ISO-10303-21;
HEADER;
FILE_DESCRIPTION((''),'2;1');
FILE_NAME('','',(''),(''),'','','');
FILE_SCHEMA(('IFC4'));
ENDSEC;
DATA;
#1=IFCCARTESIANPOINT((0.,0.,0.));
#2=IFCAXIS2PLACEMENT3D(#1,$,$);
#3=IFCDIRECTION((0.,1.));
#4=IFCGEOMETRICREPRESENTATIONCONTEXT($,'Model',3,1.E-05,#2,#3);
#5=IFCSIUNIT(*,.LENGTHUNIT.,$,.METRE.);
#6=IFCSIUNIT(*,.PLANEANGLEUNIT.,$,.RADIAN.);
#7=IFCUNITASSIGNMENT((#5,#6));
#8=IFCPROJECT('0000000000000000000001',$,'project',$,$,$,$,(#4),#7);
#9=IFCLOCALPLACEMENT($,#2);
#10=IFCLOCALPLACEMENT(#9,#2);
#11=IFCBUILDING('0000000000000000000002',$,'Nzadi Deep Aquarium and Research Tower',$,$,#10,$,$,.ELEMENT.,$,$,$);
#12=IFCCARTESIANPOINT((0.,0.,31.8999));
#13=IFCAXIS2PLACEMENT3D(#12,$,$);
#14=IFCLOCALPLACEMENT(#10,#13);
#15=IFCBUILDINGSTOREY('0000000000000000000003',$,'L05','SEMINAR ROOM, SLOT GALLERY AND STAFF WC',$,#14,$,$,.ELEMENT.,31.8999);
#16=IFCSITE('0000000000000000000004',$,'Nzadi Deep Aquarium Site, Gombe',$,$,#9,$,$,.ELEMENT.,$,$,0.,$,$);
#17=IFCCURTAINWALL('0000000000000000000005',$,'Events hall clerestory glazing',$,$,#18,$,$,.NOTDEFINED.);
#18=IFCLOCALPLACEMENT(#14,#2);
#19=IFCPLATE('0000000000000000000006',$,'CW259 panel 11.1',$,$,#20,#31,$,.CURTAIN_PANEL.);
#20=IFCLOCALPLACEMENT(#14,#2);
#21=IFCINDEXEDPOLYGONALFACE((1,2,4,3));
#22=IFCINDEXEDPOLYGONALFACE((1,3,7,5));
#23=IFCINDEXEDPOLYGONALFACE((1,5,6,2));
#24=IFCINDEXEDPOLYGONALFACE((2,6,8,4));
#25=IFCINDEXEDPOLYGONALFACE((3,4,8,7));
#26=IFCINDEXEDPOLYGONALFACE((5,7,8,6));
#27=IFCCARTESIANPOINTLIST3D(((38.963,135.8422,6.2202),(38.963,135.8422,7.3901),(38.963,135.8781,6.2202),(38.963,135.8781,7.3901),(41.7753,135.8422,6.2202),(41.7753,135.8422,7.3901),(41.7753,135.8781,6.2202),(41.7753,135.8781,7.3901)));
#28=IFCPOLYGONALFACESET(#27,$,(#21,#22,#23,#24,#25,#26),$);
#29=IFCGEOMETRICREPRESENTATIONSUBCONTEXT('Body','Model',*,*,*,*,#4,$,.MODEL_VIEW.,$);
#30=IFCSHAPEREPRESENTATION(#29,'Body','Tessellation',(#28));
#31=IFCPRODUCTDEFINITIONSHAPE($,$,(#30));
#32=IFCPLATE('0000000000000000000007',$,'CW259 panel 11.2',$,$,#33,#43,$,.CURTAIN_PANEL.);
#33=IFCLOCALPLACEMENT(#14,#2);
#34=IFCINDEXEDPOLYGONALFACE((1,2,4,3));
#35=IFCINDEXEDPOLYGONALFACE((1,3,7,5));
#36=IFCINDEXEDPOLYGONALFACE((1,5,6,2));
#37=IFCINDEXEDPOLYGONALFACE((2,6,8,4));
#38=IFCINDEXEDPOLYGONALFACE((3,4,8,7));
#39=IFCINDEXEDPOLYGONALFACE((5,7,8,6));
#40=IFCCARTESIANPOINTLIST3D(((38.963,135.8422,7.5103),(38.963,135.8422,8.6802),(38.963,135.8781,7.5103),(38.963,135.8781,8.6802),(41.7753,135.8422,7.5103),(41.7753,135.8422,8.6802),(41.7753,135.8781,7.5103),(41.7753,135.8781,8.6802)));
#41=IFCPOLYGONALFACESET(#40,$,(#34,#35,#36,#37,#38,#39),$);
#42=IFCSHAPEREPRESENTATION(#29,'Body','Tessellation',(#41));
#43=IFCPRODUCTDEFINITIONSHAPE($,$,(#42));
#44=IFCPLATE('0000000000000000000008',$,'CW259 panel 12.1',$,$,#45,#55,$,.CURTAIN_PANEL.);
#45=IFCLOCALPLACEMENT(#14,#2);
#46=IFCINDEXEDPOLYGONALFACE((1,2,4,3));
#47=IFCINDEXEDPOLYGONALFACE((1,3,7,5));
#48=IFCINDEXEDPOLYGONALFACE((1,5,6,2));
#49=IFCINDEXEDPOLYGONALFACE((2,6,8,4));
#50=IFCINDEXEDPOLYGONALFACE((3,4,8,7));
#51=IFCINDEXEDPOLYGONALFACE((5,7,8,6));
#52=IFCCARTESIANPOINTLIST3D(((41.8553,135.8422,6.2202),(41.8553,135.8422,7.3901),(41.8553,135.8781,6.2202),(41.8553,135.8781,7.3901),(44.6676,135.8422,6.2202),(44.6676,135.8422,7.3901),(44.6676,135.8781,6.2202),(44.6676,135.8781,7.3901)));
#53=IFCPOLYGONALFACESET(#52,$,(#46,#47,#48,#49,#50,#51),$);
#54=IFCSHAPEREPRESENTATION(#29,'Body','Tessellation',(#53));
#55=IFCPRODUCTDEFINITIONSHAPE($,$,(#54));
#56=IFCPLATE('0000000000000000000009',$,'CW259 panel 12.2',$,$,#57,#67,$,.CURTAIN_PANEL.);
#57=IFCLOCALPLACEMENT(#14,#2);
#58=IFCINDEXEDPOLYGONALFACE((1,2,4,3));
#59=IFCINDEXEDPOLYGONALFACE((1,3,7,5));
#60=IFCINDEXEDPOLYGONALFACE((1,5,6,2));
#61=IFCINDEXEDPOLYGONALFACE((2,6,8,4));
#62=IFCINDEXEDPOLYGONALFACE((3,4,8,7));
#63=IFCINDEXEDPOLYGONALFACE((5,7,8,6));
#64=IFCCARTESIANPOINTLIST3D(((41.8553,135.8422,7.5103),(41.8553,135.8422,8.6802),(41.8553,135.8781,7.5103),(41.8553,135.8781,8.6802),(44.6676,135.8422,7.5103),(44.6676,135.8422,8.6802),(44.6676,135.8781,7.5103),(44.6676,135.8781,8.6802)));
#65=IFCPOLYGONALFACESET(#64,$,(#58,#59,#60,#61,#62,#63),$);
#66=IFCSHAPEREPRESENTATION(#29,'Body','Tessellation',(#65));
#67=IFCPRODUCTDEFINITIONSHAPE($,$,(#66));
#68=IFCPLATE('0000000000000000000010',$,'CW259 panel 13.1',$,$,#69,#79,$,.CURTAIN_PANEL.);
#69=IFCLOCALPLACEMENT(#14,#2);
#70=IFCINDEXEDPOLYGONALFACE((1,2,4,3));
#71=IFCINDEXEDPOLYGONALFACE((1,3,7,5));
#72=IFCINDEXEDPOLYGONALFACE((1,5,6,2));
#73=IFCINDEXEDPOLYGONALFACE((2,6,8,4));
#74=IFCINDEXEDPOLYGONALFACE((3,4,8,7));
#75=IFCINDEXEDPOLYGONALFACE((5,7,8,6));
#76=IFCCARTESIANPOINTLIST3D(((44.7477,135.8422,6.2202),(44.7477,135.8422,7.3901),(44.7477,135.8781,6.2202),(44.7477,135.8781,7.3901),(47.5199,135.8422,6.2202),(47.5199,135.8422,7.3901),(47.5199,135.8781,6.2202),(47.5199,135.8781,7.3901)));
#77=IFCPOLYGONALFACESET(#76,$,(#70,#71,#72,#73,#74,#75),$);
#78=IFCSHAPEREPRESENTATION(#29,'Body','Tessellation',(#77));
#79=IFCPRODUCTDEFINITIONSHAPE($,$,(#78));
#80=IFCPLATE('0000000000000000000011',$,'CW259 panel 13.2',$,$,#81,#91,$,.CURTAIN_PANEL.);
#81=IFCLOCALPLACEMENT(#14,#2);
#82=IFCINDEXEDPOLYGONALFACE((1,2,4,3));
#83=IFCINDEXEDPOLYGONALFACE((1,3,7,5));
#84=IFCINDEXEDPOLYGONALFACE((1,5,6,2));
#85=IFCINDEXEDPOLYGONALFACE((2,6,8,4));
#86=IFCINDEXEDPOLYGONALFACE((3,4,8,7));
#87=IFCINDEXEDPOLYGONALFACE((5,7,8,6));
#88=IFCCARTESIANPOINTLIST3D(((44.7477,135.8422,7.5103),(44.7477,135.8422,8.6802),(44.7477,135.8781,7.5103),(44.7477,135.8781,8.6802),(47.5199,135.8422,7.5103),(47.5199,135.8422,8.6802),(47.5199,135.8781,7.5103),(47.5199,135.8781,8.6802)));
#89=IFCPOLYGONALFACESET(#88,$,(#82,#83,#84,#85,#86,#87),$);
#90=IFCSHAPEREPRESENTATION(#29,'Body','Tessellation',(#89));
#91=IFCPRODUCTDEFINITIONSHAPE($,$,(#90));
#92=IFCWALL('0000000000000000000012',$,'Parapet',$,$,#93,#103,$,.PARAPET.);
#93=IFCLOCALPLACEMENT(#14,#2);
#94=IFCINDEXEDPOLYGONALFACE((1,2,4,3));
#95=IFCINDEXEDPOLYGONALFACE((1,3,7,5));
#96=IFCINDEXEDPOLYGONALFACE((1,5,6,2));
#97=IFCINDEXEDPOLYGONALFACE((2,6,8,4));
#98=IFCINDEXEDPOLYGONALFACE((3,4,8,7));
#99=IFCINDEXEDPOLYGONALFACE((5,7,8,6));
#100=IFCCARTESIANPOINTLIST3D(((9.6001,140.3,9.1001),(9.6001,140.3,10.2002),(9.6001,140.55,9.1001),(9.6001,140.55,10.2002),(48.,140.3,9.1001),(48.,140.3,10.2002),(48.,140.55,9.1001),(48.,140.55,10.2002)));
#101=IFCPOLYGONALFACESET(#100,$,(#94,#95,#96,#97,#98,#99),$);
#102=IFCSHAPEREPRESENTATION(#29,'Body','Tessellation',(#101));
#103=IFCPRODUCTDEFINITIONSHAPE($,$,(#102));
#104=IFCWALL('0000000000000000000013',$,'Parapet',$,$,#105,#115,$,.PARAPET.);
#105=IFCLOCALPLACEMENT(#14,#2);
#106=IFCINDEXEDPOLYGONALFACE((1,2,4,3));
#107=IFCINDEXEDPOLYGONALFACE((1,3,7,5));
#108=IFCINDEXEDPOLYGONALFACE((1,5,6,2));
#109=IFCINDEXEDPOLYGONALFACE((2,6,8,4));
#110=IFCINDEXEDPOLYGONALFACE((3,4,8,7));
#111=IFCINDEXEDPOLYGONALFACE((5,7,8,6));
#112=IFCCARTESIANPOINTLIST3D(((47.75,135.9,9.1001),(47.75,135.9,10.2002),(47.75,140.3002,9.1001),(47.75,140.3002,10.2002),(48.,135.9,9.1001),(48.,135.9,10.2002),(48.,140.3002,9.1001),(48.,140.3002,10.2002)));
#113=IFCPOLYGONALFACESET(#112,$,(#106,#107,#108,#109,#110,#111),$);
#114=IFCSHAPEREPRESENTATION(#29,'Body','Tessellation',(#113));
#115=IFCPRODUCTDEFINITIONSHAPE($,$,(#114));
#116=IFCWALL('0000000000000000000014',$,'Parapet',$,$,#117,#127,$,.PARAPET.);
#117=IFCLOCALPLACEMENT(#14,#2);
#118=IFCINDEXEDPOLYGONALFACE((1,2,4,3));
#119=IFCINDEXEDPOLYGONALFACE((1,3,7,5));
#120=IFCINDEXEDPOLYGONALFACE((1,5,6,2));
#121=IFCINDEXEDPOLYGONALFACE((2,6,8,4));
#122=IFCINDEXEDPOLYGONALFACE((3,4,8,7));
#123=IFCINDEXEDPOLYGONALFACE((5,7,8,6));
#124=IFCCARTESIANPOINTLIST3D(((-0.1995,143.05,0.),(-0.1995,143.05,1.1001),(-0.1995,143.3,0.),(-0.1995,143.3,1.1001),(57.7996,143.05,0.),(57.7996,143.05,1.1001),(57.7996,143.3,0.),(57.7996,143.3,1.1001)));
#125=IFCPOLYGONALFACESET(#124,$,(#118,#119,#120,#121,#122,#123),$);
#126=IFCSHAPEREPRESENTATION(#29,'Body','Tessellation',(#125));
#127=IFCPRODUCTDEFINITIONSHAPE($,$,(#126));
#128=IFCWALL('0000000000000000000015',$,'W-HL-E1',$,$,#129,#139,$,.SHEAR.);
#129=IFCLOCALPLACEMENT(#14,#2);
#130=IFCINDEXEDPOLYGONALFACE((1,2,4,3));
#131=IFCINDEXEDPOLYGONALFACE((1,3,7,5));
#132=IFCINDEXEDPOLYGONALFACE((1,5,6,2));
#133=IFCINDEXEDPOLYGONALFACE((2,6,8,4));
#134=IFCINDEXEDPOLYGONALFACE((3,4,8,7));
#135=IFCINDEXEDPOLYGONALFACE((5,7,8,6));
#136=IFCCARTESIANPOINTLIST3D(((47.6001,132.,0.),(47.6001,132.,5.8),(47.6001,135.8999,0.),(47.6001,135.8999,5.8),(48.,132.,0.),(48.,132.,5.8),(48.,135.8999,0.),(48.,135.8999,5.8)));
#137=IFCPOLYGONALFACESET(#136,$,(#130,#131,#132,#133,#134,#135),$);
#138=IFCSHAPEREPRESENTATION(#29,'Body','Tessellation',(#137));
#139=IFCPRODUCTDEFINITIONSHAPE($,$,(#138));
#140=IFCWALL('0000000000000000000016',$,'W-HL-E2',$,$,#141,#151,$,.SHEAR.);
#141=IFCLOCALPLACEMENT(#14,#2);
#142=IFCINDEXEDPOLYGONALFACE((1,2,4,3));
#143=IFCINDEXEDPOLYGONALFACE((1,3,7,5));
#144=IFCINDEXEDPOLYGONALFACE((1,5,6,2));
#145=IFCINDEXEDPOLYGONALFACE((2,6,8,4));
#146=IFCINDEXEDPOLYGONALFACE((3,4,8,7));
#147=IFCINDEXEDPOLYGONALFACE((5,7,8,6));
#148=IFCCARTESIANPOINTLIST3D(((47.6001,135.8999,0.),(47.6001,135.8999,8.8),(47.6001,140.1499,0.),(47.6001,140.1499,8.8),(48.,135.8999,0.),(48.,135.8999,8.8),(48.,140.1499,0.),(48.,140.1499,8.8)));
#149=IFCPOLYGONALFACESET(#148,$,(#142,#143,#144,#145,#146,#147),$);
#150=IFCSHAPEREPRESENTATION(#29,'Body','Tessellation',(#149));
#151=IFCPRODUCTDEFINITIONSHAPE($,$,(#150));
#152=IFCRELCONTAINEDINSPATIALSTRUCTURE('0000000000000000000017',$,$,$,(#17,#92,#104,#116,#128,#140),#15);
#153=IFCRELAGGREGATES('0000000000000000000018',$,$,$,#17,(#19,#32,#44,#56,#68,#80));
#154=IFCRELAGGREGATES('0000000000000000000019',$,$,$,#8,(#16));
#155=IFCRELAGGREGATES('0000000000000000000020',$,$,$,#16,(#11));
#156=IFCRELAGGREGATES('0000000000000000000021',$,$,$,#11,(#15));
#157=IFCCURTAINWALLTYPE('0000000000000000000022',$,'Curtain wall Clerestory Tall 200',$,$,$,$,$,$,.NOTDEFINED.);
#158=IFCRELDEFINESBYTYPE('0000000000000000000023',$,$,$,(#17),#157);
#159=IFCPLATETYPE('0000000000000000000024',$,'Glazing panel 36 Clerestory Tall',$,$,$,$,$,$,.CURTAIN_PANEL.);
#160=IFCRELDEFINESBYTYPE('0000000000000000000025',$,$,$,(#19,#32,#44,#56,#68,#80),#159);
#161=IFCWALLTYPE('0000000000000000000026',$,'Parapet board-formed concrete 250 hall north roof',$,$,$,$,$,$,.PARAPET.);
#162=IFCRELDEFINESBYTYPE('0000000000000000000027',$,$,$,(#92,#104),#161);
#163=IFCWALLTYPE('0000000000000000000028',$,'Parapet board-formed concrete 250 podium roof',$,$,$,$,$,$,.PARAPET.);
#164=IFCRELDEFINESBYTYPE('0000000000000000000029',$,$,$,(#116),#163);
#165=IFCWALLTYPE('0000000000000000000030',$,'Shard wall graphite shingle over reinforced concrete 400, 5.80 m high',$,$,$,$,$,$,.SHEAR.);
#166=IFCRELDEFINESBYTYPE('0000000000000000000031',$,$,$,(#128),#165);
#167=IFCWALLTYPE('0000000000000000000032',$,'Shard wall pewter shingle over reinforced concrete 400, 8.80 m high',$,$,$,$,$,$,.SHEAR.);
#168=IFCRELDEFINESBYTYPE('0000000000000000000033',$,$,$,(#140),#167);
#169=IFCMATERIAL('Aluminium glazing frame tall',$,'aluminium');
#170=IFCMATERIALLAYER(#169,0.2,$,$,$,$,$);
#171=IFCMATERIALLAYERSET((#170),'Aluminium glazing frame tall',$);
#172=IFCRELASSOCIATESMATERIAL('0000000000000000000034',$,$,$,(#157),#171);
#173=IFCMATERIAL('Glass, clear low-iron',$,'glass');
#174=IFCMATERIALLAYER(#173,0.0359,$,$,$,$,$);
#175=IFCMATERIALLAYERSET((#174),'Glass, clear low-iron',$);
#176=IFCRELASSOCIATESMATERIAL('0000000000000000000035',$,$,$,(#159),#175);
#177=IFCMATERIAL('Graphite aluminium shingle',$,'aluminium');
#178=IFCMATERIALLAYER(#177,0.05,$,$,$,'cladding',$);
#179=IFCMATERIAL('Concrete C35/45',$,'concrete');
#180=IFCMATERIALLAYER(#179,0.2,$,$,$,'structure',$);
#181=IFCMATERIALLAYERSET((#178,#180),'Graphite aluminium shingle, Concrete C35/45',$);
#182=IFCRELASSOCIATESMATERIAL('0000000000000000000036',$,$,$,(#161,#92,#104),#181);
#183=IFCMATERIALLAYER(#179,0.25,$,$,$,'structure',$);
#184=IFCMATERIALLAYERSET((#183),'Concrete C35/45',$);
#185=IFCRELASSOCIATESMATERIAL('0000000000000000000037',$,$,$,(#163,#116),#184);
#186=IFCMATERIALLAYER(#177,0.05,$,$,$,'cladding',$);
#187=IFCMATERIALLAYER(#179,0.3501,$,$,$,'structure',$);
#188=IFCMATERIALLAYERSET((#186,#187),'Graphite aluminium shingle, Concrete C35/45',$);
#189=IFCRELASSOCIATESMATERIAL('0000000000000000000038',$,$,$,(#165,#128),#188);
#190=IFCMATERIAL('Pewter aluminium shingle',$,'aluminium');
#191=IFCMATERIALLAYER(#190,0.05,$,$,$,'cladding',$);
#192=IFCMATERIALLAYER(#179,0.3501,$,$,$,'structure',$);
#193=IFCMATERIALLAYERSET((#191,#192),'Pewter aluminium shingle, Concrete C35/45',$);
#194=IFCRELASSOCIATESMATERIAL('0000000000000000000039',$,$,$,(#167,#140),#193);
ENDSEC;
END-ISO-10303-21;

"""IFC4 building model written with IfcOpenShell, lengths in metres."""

from ifc_helpers import new_model, si_unit, direction, frame, frame_2d, origin, origin_2d, place, context, subcontext, project, spatial, rectangle, extrude, material, layer, layer_set, layer_usage, type_object, element, aggregate, save


model = new_model("IFC4")

# Units and contexts
model_context = context("Model", 3, precision=1e-05, world=origin(), true_north=direction((0.0, 1.0)))
body_context = subcontext(model_context, "Body", "Model", "MODEL_VIEW")
ifc_project = project(units=[si_unit("LENGTHUNIT", "METRE"), si_unit("PLANEANGLEUNIT", "RADIAN")], contexts=[model_context])

# Site, building, storey
site_placement = place(None, origin())
site = spatial("IfcSite", under=ifc_project, at=site_placement, Name="Nzadi Deep Aquarium Site, Gombe", CompositionType="ELEMENT", RefElevation=0.0)
building_placement = place(site_placement, origin())
building = spatial("IfcBuilding", under=site, at=building_placement, Name="Nzadi Deep Aquarium and Research Tower", CompositionType="ELEMENT")
storey_placement = place(building_placement, frame((0.0, 0.0, 31.8999)))
storey = spatial("IfcBuildingStorey", under=building, at=storey_placement, Name="L05", Description="SEMINAR ROOM, SLOT GALLERY AND STAFF WC", CompositionType="ELEMENT", Elevation=31.8999)

# Curtain wall
ifc_material_1 = material(Name="Aluminium glazing frame tall", Category="aluminium")
ifc_layer_1 = layer(ifc_material_1, 0.2)
ifc_layer_set_1 = layer_set([ifc_layer_1], Name="Aluminium glazing frame tall")
curtain_wall_type = type_object("IfcCurtainWallType", Name="Curtain wall Clerestory Tall 200", PredefinedType="NOTDEFINED", material=ifc_layer_set_1)
curtain_wall_placement = place(storey_placement, origin())
curtain_wall = element("IfcCurtainWall", 1, at=curtain_wall_placement, inside=storey, type_object=curtain_wall_type, Name="Events hall clerestory glazing", PredefinedType="NOTDEFINED")

# Plates
ifc_material_2 = material(Name="Glass, clear low-iron", Category="glass")
ifc_layer_2 = layer(ifc_material_2, 0.0359)
ifc_layer_set_2 = layer_set([ifc_layer_2], Name="Glass, clear low-iron")
plate_type = type_object("IfcPlateType", Name="Glazing panel 36 Clerestory Tall", PredefinedType="CURTAIN_PANEL", material=ifc_layer_set_2)
plate_1_placement = place(storey_placement, frame((40.3691, 135.8601, 6.2202), z_axis=(0.0, 0.0, 1.0), x_axis=(1.0, 0.0, 0.0)))
plate_1 = element("IfcPlate", 2, at=plate_1_placement, type_object=plate_type, Name="CW259 panel 11.1", PredefinedType="CURTAIN_PANEL", context=body_context, shape_type="SweptSolid", body=[
    extrude(rectangle(XDim=2.8123, YDim=0.0359, at=origin_2d()), origin(), (0.0, 0.0, 1.0), 1.1699),
])
plate_2_placement = place(storey_placement, frame((40.3691, 135.8601, 7.5103), z_axis=(0.0, 0.0, 1.0), x_axis=(1.0, 0.0, 0.0)))
plate_2 = element("IfcPlate", 3, at=plate_2_placement, type_object=plate_type, Name="CW259 panel 11.2", PredefinedType="CURTAIN_PANEL", context=body_context, shape_type="SweptSolid", body=[
    extrude(rectangle(XDim=2.8123, YDim=0.0359, at=origin_2d()), origin(), (0.0, 0.0, 1.0), 1.1699),
])
plate_3_placement = place(storey_placement, frame((43.2615, 135.8601, 6.2202), z_axis=(0.0, 0.0, 1.0), x_axis=(1.0, 0.0, 0.0)))
plate_3 = element("IfcPlate", 4, at=plate_3_placement, type_object=plate_type, Name="CW259 panel 12.1", PredefinedType="CURTAIN_PANEL", context=body_context, shape_type="SweptSolid", body=[
    extrude(rectangle(XDim=2.8123, YDim=0.0359, at=origin_2d()), origin(), (0.0, 0.0, 1.0), 1.1699),
])
plate_4_placement = place(storey_placement, frame((43.2615, 135.8601, 7.5103), z_axis=(0.0, 0.0, 1.0), x_axis=(1.0, 0.0, 0.0)))
plate_4 = element("IfcPlate", 5, at=plate_4_placement, type_object=plate_type, Name="CW259 panel 12.2", PredefinedType="CURTAIN_PANEL", context=body_context, shape_type="SweptSolid", body=[
    extrude(rectangle(XDim=2.8123, YDim=0.0359, at=origin_2d()), origin(), (0.0, 0.0, 1.0), 1.1699),
])
plate_5_placement = place(storey_placement, frame((46.1338, 135.8601, 6.2202), z_axis=(0.0, 0.0, 1.0), x_axis=(1.0, 0.0, 0.0)))
plate_5 = element("IfcPlate", 6, at=plate_5_placement, type_object=plate_type, Name="CW259 panel 13.1", PredefinedType="CURTAIN_PANEL", context=body_context, shape_type="SweptSolid", body=[
    extrude(rectangle(XDim=2.7722, YDim=0.0359, at=origin_2d()), origin(), (0.0, 0.0, 1.0), 1.1699),
])
plate_6_placement = place(storey_placement, frame((46.1338, 135.8601, 7.5103), z_axis=(0.0, 0.0, 1.0), x_axis=(1.0, 0.0, 0.0)))
plate_6 = element("IfcPlate", 7, at=plate_6_placement, type_object=plate_type, Name="CW259 panel 13.2", PredefinedType="CURTAIN_PANEL", context=body_context, shape_type="SweptSolid", body=[
    extrude(rectangle(XDim=2.7722, YDim=0.0359, at=origin_2d()), origin(), (0.0, 0.0, 1.0), 1.1699),
])
aggregate(curtain_wall, [plate_1, plate_2, plate_3, plate_4, plate_5, plate_6])

# Walls
ifc_material_3 = material(Name="Graphite aluminium shingle", Category="aluminium")
ifc_layer_3 = layer(ifc_material_3, 0.05, Category="cladding")
ifc_material_4 = material(Name="Concrete C35/45", Category="concrete")
ifc_layer_4 = layer(ifc_material_4, 0.2, Category="structure")
ifc_layer_set_3 = layer_set([ifc_layer_3, ifc_layer_4], Name="Graphite aluminium shingle, Concrete C35/45")
ifc_layer_usage_1 = layer_usage(ifc_layer_set_3, "AXIS2", "POSITIVE", -0.125)
wall_type_1 = type_object("IfcWallType", Name="Parapet board-formed concrete 250 hall north roof", PredefinedType="PARAPET", material=ifc_layer_set_3)
wall_1_placement = place(storey_placement, frame((48.0, 140.425, 9.1001), z_axis=(0.0, 0.0, 1.0), x_axis=(-1.0, 0.0, 0.0)))
element("IfcWall", 8, at=wall_1_placement, inside=storey, type_object=wall_type_1, material=ifc_layer_usage_1, Name="Parapet", PredefinedType="PARAPET", context=body_context, shape_type="SweptSolid", body=[
    extrude(rectangle(XDim=38.3999, YDim=0.25, at=frame_2d((19.2, 0.0))), origin(), (0.0, 0.0, 1.0), 1.1001),
])
ifc_layer_usage_2 = layer_usage(ifc_layer_set_3, "AXIS2", "POSITIVE", -0.125)
wall_2_placement = place(storey_placement, frame((47.875, 135.8999, 9.1001), z_axis=(0.0, 0.0, 1.0), x_axis=(0.0, 1.0, 0.0)))
element("IfcWall", 9, at=wall_2_placement, inside=storey, type_object=wall_type_1, material=ifc_layer_usage_2, Name="Parapet", PredefinedType="PARAPET", context=body_context, shape_type="SweptSolid", body=[
    extrude(rectangle(XDim=4.4001, YDim=0.25, at=frame_2d((2.2002, 0.0))), origin(), (0.0, 0.0, 1.0), 1.1001),
])
ifc_layer_5 = layer(ifc_material_4, 0.25, Category="structure")
ifc_layer_set_4 = layer_set([ifc_layer_5], Name="Concrete C35/45")
ifc_layer_usage_3 = layer_usage(ifc_layer_set_4, "AXIS2", "POSITIVE", -0.125)
wall_type_2 = type_object("IfcWallType", Name="Parapet board-formed concrete 250 podium roof", PredefinedType="PARAPET", material=ifc_layer_set_4)
wall_3_placement = place(storey_placement, frame((57.7996, 143.175, 0.0), z_axis=(0.0, 0.0, 1.0), x_axis=(-1.0, 0.0, 0.0)))
element("IfcWall", 10, at=wall_3_placement, inside=storey, type_object=wall_type_2, material=ifc_layer_usage_3, Name="Parapet", PredefinedType="PARAPET", context=body_context, shape_type="SweptSolid", body=[
    extrude(rectangle(XDim=57.999, YDim=0.25, at=frame_2d((28.9995, 0.0))), origin(), (0.0, 0.0, 1.0), 1.1001),
])
ifc_layer_6 = layer(ifc_material_3, 0.05, Category="cladding")
ifc_layer_7 = layer(ifc_material_4, 0.3501, Category="structure")
ifc_layer_set_5 = layer_set([ifc_layer_6, ifc_layer_7], Name="Graphite aluminium shingle, Concrete C35/45")
ifc_layer_usage_4 = layer_usage(ifc_layer_set_5, "AXIS2", "POSITIVE", -0.2)
wall_type_3 = type_object("IfcWallType", Name="Shard wall graphite shingle over reinforced concrete 400, 5.80 m high", PredefinedType="SHEAR", material=ifc_layer_set_5)
wall_4_placement = place(storey_placement, frame((47.8, 132.0, 0.0), z_axis=(0.0, 0.0, 1.0), x_axis=(0.0, 1.0, 0.0)))
element("IfcWall", 11, at=wall_4_placement, inside=storey, type_object=wall_type_3, material=ifc_layer_usage_4, Name="W-HL-E1", PredefinedType="SHEAR", context=body_context, shape_type="SweptSolid", body=[
    extrude(rectangle(XDim=3.8999, YDim=0.3999, at=frame_2d((1.95, 0.0))), origin(), (0.0, 0.0, 1.0), 5.8),
])
ifc_material_5 = material(Name="Pewter aluminium shingle", Category="aluminium")
ifc_layer_8 = layer(ifc_material_5, 0.05, Category="cladding")
ifc_layer_9 = layer(ifc_material_4, 0.3501, Category="structure")
ifc_layer_set_6 = layer_set([ifc_layer_8, ifc_layer_9], Name="Pewter aluminium shingle, Concrete C35/45")
ifc_layer_usage_5 = layer_usage(ifc_layer_set_6, "AXIS2", "POSITIVE", -0.2)
wall_type_4 = type_object("IfcWallType", Name="Shard wall pewter shingle over reinforced concrete 400, 8.80 m high", PredefinedType="SHEAR", material=ifc_layer_set_6)
wall_5_placement = place(storey_placement, frame((47.8, 135.8999, 0.0), z_axis=(0.0, 0.0, 1.0), x_axis=(0.0, 1.0, 0.0)))
element("IfcWall", 12, at=wall_5_placement, inside=storey, type_object=wall_type_4, material=ifc_layer_usage_5, Name="W-HL-E2", PredefinedType="SHEAR", context=body_context, shape_type="SweptSolid", body=[
    extrude(rectangle(XDim=4.25, YDim=0.3999, at=frame_2d((2.125, 0.0))), origin(), (0.0, 0.0, 1.0), 8.8),
])

save(model, "model.ifc")
